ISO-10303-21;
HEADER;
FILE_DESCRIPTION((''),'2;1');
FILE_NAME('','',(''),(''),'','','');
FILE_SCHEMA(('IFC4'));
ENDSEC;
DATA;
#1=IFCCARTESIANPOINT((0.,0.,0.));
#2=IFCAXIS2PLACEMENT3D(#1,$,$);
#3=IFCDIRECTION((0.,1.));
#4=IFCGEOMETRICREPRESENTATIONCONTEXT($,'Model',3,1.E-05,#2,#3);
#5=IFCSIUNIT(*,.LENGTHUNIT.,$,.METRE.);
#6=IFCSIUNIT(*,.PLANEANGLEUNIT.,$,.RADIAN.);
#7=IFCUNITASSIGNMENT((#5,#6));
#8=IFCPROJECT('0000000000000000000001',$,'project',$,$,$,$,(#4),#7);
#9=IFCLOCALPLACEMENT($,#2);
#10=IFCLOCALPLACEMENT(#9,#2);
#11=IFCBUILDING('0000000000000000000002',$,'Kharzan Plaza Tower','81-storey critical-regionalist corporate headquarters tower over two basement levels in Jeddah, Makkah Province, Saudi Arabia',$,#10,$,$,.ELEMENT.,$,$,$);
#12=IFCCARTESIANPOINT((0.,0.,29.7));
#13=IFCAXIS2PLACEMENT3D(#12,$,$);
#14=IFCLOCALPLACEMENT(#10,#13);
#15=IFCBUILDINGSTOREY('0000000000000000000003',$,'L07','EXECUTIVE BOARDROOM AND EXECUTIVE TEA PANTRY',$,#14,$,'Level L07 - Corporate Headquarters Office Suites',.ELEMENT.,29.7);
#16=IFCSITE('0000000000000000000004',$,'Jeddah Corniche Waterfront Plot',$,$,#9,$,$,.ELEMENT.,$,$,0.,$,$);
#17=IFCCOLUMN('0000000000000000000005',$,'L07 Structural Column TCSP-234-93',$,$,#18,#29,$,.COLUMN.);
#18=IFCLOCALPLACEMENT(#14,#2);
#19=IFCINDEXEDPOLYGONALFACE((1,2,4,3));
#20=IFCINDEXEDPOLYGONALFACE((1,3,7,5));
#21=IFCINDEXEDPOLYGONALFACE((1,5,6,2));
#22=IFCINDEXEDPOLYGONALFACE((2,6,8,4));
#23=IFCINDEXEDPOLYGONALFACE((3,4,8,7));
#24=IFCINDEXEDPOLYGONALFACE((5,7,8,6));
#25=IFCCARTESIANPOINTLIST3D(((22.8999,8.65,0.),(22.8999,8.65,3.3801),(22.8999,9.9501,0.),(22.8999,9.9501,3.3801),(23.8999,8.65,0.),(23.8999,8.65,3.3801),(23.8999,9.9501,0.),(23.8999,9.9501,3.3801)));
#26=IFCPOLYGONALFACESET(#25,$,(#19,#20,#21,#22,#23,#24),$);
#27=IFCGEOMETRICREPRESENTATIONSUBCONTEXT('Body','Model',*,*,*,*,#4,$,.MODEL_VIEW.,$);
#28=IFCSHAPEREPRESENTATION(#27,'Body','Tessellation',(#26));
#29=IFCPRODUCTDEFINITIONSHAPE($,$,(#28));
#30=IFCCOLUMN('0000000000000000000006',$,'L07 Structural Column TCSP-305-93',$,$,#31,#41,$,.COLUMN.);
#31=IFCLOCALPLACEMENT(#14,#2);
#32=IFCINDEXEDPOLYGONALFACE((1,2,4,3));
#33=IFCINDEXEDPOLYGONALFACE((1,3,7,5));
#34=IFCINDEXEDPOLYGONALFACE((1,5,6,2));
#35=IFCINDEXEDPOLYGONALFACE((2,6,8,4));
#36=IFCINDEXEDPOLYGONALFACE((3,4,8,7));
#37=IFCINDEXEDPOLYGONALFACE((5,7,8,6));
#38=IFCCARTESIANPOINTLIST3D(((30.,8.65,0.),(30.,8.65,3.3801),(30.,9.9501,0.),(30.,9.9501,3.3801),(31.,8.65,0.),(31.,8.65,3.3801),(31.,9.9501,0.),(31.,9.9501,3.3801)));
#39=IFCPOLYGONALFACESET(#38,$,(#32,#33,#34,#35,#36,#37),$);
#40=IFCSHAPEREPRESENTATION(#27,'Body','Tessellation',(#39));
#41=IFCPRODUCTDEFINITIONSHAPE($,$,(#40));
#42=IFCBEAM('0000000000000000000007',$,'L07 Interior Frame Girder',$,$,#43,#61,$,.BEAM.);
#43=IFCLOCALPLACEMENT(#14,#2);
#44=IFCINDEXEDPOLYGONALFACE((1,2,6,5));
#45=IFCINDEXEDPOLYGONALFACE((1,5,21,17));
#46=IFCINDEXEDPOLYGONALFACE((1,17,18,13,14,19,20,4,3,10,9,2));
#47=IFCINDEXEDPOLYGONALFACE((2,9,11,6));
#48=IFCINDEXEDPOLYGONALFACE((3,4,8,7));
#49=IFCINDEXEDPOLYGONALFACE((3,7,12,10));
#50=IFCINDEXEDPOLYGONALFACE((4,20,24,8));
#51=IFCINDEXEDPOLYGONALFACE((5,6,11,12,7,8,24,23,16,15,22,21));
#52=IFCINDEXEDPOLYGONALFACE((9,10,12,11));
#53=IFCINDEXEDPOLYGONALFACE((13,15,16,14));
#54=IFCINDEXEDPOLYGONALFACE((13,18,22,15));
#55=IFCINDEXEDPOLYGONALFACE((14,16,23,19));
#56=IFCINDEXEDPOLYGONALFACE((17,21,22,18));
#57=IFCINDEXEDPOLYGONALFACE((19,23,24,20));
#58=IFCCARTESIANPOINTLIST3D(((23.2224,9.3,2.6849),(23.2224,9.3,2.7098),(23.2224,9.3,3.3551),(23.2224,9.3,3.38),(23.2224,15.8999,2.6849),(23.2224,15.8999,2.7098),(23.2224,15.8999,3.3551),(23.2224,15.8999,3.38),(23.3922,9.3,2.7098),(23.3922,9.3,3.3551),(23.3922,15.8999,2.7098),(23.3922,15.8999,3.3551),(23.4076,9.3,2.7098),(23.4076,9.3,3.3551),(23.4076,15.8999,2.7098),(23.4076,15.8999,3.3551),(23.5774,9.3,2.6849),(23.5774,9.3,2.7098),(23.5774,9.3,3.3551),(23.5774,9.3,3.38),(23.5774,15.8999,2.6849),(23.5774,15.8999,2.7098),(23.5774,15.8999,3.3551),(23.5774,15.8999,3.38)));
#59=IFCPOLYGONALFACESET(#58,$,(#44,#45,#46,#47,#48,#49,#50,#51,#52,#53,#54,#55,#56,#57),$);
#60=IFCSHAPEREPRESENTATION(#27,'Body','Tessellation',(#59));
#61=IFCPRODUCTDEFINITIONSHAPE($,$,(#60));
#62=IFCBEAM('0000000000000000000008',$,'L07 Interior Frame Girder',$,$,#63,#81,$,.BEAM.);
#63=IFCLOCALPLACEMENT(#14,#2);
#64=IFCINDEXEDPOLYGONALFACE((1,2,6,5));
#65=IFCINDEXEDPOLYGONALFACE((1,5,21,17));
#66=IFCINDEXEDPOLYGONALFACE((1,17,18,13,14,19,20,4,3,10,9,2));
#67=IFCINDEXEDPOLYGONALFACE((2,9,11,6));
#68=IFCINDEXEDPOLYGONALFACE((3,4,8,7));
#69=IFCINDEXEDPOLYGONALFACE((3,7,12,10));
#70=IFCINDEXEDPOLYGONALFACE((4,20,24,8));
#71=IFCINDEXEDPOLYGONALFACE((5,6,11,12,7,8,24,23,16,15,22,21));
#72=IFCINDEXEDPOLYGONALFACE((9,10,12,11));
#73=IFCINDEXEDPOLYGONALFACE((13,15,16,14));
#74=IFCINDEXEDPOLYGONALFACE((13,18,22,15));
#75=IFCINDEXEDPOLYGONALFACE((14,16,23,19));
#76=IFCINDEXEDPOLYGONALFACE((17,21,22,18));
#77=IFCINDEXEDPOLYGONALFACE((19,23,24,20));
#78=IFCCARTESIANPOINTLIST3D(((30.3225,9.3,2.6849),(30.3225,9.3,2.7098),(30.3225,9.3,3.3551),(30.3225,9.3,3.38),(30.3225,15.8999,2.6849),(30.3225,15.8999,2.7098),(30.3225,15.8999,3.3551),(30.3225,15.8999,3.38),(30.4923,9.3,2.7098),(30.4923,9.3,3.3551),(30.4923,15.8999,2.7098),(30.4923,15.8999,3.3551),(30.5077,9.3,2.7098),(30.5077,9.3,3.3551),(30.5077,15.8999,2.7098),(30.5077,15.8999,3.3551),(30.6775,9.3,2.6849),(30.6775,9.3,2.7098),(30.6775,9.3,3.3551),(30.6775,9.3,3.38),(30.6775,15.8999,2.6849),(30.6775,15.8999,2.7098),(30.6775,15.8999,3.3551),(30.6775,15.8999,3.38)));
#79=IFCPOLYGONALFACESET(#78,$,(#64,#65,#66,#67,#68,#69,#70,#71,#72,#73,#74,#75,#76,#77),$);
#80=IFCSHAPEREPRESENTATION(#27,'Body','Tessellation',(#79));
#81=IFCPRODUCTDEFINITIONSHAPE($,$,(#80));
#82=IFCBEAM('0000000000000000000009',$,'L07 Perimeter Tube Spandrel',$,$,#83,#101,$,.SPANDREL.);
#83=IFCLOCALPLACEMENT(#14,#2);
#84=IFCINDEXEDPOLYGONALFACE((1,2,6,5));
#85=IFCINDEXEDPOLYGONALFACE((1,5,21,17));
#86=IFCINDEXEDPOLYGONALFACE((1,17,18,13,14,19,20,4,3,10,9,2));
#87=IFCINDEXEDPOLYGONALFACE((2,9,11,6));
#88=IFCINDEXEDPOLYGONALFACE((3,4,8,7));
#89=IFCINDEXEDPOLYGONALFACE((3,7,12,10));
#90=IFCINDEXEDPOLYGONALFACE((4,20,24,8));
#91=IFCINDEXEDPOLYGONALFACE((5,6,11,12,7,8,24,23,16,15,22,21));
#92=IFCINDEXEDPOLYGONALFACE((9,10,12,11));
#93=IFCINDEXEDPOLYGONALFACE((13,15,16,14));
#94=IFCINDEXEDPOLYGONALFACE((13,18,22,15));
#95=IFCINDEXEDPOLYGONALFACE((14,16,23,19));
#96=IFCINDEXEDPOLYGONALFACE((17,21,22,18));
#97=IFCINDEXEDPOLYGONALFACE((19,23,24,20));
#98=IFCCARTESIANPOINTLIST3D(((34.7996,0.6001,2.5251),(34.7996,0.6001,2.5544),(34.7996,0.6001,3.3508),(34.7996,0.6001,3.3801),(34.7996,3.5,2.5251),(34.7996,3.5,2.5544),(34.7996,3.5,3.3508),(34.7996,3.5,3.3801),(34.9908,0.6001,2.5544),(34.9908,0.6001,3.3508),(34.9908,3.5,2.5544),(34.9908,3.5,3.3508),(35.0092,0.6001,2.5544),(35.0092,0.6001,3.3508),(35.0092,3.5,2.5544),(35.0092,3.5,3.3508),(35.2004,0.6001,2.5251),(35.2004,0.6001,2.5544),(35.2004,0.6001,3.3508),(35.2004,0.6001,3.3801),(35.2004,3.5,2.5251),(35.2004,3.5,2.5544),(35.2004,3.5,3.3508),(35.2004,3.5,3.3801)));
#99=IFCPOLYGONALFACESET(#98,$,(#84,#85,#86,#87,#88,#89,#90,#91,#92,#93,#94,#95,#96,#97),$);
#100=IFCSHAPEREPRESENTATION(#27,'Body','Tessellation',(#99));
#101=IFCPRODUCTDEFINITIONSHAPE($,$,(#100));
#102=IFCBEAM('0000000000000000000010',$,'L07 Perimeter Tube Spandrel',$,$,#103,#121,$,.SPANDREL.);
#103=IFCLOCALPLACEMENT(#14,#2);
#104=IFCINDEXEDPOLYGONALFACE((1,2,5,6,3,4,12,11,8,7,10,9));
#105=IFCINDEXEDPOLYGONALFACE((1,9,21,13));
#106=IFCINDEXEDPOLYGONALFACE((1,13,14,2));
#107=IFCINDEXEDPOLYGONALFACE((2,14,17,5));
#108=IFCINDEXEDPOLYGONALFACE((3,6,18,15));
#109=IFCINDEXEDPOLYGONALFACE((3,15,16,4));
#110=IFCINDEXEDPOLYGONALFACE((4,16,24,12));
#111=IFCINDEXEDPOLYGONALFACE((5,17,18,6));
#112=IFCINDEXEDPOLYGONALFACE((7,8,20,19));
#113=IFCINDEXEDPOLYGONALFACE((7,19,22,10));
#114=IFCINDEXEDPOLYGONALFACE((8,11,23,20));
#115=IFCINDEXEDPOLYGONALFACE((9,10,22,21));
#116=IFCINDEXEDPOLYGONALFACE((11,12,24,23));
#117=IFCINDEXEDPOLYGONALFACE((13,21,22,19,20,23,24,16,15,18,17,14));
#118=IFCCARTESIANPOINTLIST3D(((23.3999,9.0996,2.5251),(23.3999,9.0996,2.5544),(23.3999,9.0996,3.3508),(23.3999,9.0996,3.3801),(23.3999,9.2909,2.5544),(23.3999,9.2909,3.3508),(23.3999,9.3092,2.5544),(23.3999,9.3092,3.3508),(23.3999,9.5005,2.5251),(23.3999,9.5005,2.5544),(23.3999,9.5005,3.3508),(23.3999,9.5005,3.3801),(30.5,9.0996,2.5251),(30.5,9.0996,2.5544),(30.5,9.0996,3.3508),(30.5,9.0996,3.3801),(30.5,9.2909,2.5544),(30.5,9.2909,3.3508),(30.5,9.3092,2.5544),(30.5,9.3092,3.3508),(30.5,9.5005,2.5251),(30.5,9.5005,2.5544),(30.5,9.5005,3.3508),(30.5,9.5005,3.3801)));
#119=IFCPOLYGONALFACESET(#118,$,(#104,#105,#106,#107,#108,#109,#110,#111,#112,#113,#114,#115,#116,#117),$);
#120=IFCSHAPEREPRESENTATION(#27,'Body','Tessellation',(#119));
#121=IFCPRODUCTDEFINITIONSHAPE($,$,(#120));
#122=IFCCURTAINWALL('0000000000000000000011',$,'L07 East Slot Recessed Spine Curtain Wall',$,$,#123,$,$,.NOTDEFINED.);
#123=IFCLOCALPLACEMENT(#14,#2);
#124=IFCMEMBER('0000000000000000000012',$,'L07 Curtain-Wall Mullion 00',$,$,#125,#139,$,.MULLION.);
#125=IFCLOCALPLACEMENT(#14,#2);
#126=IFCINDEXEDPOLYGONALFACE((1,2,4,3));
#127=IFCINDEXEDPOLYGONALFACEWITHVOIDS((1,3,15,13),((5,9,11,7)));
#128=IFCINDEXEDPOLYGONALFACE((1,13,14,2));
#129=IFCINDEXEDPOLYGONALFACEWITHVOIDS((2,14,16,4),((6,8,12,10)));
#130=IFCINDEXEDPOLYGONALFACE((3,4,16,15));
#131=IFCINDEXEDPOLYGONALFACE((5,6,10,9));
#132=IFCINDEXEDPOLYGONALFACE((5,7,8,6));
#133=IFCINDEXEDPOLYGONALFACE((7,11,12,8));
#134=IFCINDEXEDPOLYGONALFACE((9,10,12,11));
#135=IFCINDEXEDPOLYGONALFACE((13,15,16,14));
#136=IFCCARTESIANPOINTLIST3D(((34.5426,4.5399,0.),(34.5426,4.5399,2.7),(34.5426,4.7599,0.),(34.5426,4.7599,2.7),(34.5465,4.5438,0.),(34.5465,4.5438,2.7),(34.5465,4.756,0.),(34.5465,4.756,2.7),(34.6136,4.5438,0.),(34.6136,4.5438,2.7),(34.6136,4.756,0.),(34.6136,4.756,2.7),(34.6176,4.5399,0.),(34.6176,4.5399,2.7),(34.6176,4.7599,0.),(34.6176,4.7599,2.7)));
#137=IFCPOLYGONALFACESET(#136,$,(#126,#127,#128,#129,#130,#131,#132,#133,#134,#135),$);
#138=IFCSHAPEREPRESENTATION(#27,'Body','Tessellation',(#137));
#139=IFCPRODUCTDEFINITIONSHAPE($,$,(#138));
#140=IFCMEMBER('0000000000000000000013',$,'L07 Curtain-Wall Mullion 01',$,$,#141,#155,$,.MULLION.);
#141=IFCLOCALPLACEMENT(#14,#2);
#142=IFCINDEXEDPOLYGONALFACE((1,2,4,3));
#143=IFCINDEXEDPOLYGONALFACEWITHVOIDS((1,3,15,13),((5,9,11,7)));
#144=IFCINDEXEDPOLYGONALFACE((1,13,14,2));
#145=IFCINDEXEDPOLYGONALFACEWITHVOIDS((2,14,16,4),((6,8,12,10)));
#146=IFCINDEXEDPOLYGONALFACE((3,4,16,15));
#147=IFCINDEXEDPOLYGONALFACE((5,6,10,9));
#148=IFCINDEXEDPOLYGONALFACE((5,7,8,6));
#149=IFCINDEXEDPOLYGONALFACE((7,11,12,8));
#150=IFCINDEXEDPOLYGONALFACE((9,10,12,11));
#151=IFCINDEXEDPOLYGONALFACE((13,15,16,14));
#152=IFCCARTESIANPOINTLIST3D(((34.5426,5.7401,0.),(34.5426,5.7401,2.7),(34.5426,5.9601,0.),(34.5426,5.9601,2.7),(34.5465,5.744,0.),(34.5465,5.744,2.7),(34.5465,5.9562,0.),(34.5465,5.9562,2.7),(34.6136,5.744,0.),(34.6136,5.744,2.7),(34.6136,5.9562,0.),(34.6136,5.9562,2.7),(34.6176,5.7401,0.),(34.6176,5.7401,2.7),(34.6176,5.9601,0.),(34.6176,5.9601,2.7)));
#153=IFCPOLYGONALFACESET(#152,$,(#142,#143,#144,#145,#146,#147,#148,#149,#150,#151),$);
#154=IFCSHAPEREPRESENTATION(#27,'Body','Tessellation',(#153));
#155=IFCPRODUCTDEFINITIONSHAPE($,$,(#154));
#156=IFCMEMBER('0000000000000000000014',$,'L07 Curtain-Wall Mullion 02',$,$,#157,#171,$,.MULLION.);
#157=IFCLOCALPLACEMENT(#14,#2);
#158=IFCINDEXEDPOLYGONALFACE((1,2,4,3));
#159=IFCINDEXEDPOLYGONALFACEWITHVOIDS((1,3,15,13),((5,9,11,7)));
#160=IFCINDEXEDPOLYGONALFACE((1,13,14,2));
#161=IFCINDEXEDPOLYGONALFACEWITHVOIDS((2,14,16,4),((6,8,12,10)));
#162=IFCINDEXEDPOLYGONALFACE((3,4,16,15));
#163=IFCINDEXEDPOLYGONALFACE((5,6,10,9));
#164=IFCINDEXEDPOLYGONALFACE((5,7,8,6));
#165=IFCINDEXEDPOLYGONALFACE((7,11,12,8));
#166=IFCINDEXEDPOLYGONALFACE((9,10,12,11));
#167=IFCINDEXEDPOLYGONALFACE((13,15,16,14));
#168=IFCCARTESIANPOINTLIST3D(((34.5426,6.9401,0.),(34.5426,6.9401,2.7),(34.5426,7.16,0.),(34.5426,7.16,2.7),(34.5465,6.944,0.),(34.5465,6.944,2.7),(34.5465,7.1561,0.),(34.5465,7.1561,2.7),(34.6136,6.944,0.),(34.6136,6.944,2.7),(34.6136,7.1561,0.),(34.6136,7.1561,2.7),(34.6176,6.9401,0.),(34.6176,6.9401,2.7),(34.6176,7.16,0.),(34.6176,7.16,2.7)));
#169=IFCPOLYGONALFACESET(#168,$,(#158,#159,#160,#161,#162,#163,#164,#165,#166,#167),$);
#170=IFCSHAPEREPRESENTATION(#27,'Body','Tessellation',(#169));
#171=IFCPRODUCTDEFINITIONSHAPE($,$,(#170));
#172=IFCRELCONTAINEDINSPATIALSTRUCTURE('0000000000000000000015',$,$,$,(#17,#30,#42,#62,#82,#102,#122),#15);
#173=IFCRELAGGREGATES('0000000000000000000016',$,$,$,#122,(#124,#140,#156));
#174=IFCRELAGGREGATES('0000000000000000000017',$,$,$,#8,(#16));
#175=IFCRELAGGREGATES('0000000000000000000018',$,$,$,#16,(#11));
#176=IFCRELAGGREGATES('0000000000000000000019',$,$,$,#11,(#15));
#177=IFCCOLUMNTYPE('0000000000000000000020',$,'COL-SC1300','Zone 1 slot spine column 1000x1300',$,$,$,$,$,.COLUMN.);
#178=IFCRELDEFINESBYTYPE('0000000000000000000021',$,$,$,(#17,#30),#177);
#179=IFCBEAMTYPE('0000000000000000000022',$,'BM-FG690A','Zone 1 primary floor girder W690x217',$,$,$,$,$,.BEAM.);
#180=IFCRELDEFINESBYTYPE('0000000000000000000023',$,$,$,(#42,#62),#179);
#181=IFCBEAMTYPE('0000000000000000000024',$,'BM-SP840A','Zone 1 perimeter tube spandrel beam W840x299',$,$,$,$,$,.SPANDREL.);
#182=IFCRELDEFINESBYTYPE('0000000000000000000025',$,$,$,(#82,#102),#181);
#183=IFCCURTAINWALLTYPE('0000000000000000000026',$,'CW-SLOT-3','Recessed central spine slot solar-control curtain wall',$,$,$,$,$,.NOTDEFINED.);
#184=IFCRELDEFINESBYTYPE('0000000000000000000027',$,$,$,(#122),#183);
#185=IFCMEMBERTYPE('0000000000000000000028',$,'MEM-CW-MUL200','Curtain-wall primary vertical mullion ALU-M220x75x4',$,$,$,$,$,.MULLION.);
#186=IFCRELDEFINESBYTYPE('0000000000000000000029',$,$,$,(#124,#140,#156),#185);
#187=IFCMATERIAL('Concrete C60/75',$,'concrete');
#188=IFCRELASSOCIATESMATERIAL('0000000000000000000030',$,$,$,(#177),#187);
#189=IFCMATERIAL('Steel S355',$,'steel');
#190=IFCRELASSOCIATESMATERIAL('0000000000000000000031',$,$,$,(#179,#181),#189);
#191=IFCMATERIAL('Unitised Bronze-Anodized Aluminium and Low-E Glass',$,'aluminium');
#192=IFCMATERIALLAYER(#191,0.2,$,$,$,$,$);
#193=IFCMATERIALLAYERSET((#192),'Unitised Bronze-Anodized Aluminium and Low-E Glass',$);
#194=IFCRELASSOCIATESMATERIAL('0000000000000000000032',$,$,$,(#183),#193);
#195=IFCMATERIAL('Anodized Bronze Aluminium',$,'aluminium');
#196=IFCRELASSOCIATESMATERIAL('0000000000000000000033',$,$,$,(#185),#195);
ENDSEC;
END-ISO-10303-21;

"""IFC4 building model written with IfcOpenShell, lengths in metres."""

from ifc_helpers import new_model, si_unit, direction, frame, origin, origin_2d, place, context, subcontext, project, spatial, rectangle, hollow_rectangle, i_section, extrude, source, transform, mapped, material, layer, layer_set, material_profile, profile_set, type_object, element, aggregate, save


model = new_model("IFC4")

# Units and contexts
model_context = context("Model", 3, precision=1e-05, world=origin(), true_north=direction((0.0, 1.0)))
body_context = subcontext(model_context, "Body", "Model", "MODEL_VIEW")
ifc_project = project(units=[si_unit("LENGTHUNIT", "METRE"), si_unit("PLANEANGLEUNIT", "RADIAN")], contexts=[model_context])

# Site, building, storey
site_placement = place(None, origin())
site = spatial("IfcSite", under=ifc_project, at=site_placement, Name="Jeddah Corniche Waterfront Plot", CompositionType="ELEMENT", RefElevation=0.0)
building_placement = place(site_placement, origin())
building = spatial("IfcBuilding", under=site, at=building_placement, Name="Kharzan Plaza Tower", Description="81-storey critical-regionalist corporate headquarters tower over two basement levels in Jeddah, Makkah Province, Saudi Arabia", CompositionType="ELEMENT")
storey_placement = place(building_placement, frame((0.0, 0.0, 29.7)))
storey = spatial("IfcBuildingStorey", under=building, at=storey_placement, Name="L07", Description="EXECUTIVE BOARDROOM AND EXECUTIVE TEA PANTRY", LongName="Level L07 - Corporate Headquarters Office Suites", CompositionType="ELEMENT", Elevation=29.7)

# Columns
ifc_material_1 = material(Name="Concrete C60/75", Category="concrete")
ifc_material_profile_1 = material_profile(ifc_material_1, rectangle(XDim=1.0, YDim=1.3, at=origin_2d()), Name="RC-SC1300x1000")
ifc_profile_set_1 = profile_set([ifc_material_profile_1], Name="Concrete C60/75")
column_type = type_object("IfcColumnType", Name="COL-SC1300", Description="Zone 1 slot spine column 1000x1300", PredefinedType="COLUMN", material=ifc_profile_set_1)
shared_shape_1 = source(origin(), body_context, "Body", "SweptSolid", [
    extrude(rectangle(XDim=1.0, YDim=1.3, at=origin_2d()), origin(), (0.0, 0.0, 1.0), 3.3801),
])
for number, where, z_axis, x_axis, name in (
    (1, (23.3999, 9.3, 0.0), (0.0, 0.0, 1.0), (1.0, 0.0, 0.0), "L07 Structural Column TCSP-234-93"),
    (2, (30.5, 9.3, 0.0), (0.0, 0.0, 1.0), (1.0, 0.0, 0.0), "L07 Structural Column TCSP-305-93"),
):
    element("IfcColumn", number, at=place(storey_placement, frame(where, z_axis=z_axis, x_axis=x_axis)), inside=storey, type_object=column_type, Name=name, PredefinedType="COLUMN", context=body_context, shape_type="MappedRepresentation", body=[
        mapped(shared_shape_1, transform((0.0, 0.0, 0.0), x_axis=(1.0, 0.0, 0.0), y_axis=(0.0, 1.0, 0.0), z_axis=(0.0, 0.0, 1.0))),
    ])

# Beams
ifc_material_2 = material(Name="Steel S355", Category="steel")
ifc_material_profile_2 = material_profile(ifc_material_2, i_section(OverallWidth=0.355, OverallDepth=0.6951, WebThickness=0.0154, FlangeThickness=0.0249, at=origin_2d()), Name="W690x217")
ifc_profile_set_2 = profile_set([ifc_material_profile_2], Name="Steel S355")
beam_type_1 = type_object("IfcBeamType", Name="BM-FG690A", Description="Zone 1 primary floor girder W690x217", PredefinedType="BEAM", material=ifc_profile_set_2)
shared_shape_2 = source(origin(), body_context, "Body", "SweptSolid", [
    extrude(i_section(OverallWidth=0.355, OverallDepth=0.6951, WebThickness=0.0154, FlangeThickness=0.0249, at=origin_2d()), origin(), (0.0, 0.0, 1.0), 6.5999),
])
for number, where, z_axis, x_axis, name in (
    (3, (23.3999, 9.3, 3.0325), (0.0, 1.0, 0.0), (-1.0, 0.0, 0.0), "L07 Interior Frame Girder"),
    (4, (30.5, 9.3, 3.0325), (0.0, 1.0, 0.0), (-1.0, 0.0, 0.0), "L07 Interior Frame Girder"),
):
    element("IfcBeam", number, at=place(storey_placement, frame(where, z_axis=z_axis, x_axis=x_axis)), inside=storey, type_object=beam_type_1, Name=name, PredefinedType="BEAM", context=body_context, shape_type="MappedRepresentation", body=[
        mapped(shared_shape_2, transform((0.0, 0.0, 0.0), x_axis=(1.0, 0.0, 0.0), y_axis=(0.0, 1.0, 0.0), z_axis=(0.0, 0.0, 1.0))),
    ])
ifc_material_profile_3 = material_profile(ifc_material_2, i_section(OverallWidth=0.4009, OverallDepth=0.855, WebThickness=0.0183, FlangeThickness=0.0293, at=origin_2d()), Name="W840x299")
ifc_profile_set_3 = profile_set([ifc_material_profile_3], Name="Steel S355")
beam_type_2 = type_object("IfcBeamType", Name="BM-SP840A", Description="Zone 1 perimeter tube spandrel beam W840x299", PredefinedType="SPANDREL", material=ifc_profile_set_3)
shared_shape_3 = source(origin(), body_context, "Body", "SweptSolid", [
    extrude(i_section(OverallWidth=0.4009, OverallDepth=0.855, WebThickness=0.0183, FlangeThickness=0.0293, at=origin_2d()), origin(), (0.0, 0.0, 1.0), 2.8999),
])
beam_1_placement = place(storey_placement, frame((35.0, 0.6001, 2.9526), z_axis=(0.0, 1.0, 0.0), x_axis=(-1.0, 0.0, 0.0)))
element("IfcBeam", 5, at=beam_1_placement, inside=storey, type_object=beam_type_2, Name="L07 Perimeter Tube Spandrel", PredefinedType="SPANDREL", context=body_context, shape_type="MappedRepresentation", body=[
    mapped(shared_shape_3, transform((0.0, 0.0, 0.0), x_axis=(1.0, 0.0, 0.0), y_axis=(0.0, 1.0, 0.0), z_axis=(0.0, 0.0, 1.0))),
])
shared_shape_4 = source(origin(), body_context, "Body", "SweptSolid", [
    extrude(i_section(OverallWidth=0.4009, OverallDepth=0.855, WebThickness=0.0183, FlangeThickness=0.0293, at=origin_2d()), origin(), (0.0, 0.0, 1.0), 7.1001),
])
beam_2_placement = place(storey_placement, frame((23.3999, 9.3, 2.9526), z_axis=(1.0, 0.0, 0.0), x_axis=(0.0, 1.0, 0.0)))
element("IfcBeam", 6, at=beam_2_placement, inside=storey, type_object=beam_type_2, Name="L07 Perimeter Tube Spandrel", PredefinedType="SPANDREL", context=body_context, shape_type="MappedRepresentation", body=[
    mapped(shared_shape_4, transform((0.0, 0.0, 0.0), x_axis=(1.0, 0.0, 0.0), y_axis=(0.0, 1.0, 0.0), z_axis=(0.0, 0.0, 1.0))),
])

# Curtain wall, members
ifc_material_3 = material(Name="Unitised Bronze-Anodized Aluminium and Low-E Glass", Category="aluminium")
ifc_layer_1 = layer(ifc_material_3, 0.2)
ifc_layer_set_1 = layer_set([ifc_layer_1], Name="Unitised Bronze-Anodized Aluminium and Low-E Glass")
curtain_wall_type = type_object("IfcCurtainWallType", Name="CW-SLOT-3", Description="Recessed central spine slot solar-control curtain wall", PredefinedType="NOTDEFINED", material=ifc_layer_set_1)
curtain_wall_placement = place(storey_placement, origin())
curtain_wall = element("IfcCurtainWall", 7, at=curtain_wall_placement, inside=storey, type_object=curtain_wall_type, Name="L07 East Slot Recessed Spine Curtain Wall", PredefinedType="NOTDEFINED")
ifc_material_4 = material(Name="Anodized Bronze Aluminium", Category="aluminium")
ifc_material_profile_4 = material_profile(ifc_material_4, hollow_rectangle(XDim=0.075, YDim=0.22, WallThickness=0.0039, at=origin_2d()), Name="ALU-M220x75x4")
ifc_profile_set_4 = profile_set([ifc_material_profile_4], Name="Anodized Bronze Aluminium")
member_type_1 = type_object("IfcMemberType", Name="MEM-CW-MUL200", Description="Curtain-wall primary vertical mullion ALU-M220x75x4", PredefinedType="MULLION", material=ifc_profile_set_4)
shared_shape_5 = source(origin(), body_context, "Body", "SweptSolid", [
    extrude(hollow_rectangle(XDim=0.075, YDim=0.22, WallThickness=0.0039, at=origin_2d()), origin(), (0.0, 0.0, 1.0), 2.7),
])
member_1_placement = place(storey_placement, frame((34.5801, 4.6499, 0.0), z_axis=(0.0, 0.0, 1.0), x_axis=(1.0, 0.0, 0.0)))
member_1 = element("IfcMember", 8, at=member_1_placement, type_object=member_type_1, Name="L07 Curtain-Wall Mullion 00", PredefinedType="MULLION", context=body_context, shape_type="MappedRepresentation", body=[
    mapped(shared_shape_5, transform((0.0, 0.0, 0.0), x_axis=(1.0, 0.0, 0.0), y_axis=(0.0, 1.0, 0.0), z_axis=(0.0, 0.0, 1.0))),
])
member_2_placement = place(storey_placement, frame((34.5801, 5.8501, 0.0), z_axis=(0.0, 0.0, 1.0), x_axis=(1.0, 0.0, 0.0)))
member_2 = element("IfcMember", 9, at=member_2_placement, type_object=member_type_1, Name="L07 Curtain-Wall Mullion 01", PredefinedType="MULLION", context=body_context, shape_type="MappedRepresentation", body=[
    mapped(shared_shape_5, transform((0.0, 0.0, 0.0), x_axis=(1.0, 0.0, 0.0), y_axis=(0.0, 1.0, 0.0), z_axis=(0.0, 0.0, 1.0))),
])
member_3_placement = place(storey_placement, frame((34.5801, 7.05, 0.0), z_axis=(0.0, 0.0, 1.0), x_axis=(1.0, 0.0, 0.0)))
member_3 = element("IfcMember", 10, at=member_3_placement, type_object=member_type_1, Name="L07 Curtain-Wall Mullion 02", PredefinedType="MULLION", context=body_context, shape_type="MappedRepresentation", body=[
    mapped(shared_shape_5, transform((0.0, 0.0, 0.0), x_axis=(1.0, 0.0, 0.0), y_axis=(0.0, 1.0, 0.0), z_axis=(0.0, 0.0, 1.0))),
])

aggregate(curtain_wall, [member_1, member_2, member_3])

save(model, "model.ifc")
